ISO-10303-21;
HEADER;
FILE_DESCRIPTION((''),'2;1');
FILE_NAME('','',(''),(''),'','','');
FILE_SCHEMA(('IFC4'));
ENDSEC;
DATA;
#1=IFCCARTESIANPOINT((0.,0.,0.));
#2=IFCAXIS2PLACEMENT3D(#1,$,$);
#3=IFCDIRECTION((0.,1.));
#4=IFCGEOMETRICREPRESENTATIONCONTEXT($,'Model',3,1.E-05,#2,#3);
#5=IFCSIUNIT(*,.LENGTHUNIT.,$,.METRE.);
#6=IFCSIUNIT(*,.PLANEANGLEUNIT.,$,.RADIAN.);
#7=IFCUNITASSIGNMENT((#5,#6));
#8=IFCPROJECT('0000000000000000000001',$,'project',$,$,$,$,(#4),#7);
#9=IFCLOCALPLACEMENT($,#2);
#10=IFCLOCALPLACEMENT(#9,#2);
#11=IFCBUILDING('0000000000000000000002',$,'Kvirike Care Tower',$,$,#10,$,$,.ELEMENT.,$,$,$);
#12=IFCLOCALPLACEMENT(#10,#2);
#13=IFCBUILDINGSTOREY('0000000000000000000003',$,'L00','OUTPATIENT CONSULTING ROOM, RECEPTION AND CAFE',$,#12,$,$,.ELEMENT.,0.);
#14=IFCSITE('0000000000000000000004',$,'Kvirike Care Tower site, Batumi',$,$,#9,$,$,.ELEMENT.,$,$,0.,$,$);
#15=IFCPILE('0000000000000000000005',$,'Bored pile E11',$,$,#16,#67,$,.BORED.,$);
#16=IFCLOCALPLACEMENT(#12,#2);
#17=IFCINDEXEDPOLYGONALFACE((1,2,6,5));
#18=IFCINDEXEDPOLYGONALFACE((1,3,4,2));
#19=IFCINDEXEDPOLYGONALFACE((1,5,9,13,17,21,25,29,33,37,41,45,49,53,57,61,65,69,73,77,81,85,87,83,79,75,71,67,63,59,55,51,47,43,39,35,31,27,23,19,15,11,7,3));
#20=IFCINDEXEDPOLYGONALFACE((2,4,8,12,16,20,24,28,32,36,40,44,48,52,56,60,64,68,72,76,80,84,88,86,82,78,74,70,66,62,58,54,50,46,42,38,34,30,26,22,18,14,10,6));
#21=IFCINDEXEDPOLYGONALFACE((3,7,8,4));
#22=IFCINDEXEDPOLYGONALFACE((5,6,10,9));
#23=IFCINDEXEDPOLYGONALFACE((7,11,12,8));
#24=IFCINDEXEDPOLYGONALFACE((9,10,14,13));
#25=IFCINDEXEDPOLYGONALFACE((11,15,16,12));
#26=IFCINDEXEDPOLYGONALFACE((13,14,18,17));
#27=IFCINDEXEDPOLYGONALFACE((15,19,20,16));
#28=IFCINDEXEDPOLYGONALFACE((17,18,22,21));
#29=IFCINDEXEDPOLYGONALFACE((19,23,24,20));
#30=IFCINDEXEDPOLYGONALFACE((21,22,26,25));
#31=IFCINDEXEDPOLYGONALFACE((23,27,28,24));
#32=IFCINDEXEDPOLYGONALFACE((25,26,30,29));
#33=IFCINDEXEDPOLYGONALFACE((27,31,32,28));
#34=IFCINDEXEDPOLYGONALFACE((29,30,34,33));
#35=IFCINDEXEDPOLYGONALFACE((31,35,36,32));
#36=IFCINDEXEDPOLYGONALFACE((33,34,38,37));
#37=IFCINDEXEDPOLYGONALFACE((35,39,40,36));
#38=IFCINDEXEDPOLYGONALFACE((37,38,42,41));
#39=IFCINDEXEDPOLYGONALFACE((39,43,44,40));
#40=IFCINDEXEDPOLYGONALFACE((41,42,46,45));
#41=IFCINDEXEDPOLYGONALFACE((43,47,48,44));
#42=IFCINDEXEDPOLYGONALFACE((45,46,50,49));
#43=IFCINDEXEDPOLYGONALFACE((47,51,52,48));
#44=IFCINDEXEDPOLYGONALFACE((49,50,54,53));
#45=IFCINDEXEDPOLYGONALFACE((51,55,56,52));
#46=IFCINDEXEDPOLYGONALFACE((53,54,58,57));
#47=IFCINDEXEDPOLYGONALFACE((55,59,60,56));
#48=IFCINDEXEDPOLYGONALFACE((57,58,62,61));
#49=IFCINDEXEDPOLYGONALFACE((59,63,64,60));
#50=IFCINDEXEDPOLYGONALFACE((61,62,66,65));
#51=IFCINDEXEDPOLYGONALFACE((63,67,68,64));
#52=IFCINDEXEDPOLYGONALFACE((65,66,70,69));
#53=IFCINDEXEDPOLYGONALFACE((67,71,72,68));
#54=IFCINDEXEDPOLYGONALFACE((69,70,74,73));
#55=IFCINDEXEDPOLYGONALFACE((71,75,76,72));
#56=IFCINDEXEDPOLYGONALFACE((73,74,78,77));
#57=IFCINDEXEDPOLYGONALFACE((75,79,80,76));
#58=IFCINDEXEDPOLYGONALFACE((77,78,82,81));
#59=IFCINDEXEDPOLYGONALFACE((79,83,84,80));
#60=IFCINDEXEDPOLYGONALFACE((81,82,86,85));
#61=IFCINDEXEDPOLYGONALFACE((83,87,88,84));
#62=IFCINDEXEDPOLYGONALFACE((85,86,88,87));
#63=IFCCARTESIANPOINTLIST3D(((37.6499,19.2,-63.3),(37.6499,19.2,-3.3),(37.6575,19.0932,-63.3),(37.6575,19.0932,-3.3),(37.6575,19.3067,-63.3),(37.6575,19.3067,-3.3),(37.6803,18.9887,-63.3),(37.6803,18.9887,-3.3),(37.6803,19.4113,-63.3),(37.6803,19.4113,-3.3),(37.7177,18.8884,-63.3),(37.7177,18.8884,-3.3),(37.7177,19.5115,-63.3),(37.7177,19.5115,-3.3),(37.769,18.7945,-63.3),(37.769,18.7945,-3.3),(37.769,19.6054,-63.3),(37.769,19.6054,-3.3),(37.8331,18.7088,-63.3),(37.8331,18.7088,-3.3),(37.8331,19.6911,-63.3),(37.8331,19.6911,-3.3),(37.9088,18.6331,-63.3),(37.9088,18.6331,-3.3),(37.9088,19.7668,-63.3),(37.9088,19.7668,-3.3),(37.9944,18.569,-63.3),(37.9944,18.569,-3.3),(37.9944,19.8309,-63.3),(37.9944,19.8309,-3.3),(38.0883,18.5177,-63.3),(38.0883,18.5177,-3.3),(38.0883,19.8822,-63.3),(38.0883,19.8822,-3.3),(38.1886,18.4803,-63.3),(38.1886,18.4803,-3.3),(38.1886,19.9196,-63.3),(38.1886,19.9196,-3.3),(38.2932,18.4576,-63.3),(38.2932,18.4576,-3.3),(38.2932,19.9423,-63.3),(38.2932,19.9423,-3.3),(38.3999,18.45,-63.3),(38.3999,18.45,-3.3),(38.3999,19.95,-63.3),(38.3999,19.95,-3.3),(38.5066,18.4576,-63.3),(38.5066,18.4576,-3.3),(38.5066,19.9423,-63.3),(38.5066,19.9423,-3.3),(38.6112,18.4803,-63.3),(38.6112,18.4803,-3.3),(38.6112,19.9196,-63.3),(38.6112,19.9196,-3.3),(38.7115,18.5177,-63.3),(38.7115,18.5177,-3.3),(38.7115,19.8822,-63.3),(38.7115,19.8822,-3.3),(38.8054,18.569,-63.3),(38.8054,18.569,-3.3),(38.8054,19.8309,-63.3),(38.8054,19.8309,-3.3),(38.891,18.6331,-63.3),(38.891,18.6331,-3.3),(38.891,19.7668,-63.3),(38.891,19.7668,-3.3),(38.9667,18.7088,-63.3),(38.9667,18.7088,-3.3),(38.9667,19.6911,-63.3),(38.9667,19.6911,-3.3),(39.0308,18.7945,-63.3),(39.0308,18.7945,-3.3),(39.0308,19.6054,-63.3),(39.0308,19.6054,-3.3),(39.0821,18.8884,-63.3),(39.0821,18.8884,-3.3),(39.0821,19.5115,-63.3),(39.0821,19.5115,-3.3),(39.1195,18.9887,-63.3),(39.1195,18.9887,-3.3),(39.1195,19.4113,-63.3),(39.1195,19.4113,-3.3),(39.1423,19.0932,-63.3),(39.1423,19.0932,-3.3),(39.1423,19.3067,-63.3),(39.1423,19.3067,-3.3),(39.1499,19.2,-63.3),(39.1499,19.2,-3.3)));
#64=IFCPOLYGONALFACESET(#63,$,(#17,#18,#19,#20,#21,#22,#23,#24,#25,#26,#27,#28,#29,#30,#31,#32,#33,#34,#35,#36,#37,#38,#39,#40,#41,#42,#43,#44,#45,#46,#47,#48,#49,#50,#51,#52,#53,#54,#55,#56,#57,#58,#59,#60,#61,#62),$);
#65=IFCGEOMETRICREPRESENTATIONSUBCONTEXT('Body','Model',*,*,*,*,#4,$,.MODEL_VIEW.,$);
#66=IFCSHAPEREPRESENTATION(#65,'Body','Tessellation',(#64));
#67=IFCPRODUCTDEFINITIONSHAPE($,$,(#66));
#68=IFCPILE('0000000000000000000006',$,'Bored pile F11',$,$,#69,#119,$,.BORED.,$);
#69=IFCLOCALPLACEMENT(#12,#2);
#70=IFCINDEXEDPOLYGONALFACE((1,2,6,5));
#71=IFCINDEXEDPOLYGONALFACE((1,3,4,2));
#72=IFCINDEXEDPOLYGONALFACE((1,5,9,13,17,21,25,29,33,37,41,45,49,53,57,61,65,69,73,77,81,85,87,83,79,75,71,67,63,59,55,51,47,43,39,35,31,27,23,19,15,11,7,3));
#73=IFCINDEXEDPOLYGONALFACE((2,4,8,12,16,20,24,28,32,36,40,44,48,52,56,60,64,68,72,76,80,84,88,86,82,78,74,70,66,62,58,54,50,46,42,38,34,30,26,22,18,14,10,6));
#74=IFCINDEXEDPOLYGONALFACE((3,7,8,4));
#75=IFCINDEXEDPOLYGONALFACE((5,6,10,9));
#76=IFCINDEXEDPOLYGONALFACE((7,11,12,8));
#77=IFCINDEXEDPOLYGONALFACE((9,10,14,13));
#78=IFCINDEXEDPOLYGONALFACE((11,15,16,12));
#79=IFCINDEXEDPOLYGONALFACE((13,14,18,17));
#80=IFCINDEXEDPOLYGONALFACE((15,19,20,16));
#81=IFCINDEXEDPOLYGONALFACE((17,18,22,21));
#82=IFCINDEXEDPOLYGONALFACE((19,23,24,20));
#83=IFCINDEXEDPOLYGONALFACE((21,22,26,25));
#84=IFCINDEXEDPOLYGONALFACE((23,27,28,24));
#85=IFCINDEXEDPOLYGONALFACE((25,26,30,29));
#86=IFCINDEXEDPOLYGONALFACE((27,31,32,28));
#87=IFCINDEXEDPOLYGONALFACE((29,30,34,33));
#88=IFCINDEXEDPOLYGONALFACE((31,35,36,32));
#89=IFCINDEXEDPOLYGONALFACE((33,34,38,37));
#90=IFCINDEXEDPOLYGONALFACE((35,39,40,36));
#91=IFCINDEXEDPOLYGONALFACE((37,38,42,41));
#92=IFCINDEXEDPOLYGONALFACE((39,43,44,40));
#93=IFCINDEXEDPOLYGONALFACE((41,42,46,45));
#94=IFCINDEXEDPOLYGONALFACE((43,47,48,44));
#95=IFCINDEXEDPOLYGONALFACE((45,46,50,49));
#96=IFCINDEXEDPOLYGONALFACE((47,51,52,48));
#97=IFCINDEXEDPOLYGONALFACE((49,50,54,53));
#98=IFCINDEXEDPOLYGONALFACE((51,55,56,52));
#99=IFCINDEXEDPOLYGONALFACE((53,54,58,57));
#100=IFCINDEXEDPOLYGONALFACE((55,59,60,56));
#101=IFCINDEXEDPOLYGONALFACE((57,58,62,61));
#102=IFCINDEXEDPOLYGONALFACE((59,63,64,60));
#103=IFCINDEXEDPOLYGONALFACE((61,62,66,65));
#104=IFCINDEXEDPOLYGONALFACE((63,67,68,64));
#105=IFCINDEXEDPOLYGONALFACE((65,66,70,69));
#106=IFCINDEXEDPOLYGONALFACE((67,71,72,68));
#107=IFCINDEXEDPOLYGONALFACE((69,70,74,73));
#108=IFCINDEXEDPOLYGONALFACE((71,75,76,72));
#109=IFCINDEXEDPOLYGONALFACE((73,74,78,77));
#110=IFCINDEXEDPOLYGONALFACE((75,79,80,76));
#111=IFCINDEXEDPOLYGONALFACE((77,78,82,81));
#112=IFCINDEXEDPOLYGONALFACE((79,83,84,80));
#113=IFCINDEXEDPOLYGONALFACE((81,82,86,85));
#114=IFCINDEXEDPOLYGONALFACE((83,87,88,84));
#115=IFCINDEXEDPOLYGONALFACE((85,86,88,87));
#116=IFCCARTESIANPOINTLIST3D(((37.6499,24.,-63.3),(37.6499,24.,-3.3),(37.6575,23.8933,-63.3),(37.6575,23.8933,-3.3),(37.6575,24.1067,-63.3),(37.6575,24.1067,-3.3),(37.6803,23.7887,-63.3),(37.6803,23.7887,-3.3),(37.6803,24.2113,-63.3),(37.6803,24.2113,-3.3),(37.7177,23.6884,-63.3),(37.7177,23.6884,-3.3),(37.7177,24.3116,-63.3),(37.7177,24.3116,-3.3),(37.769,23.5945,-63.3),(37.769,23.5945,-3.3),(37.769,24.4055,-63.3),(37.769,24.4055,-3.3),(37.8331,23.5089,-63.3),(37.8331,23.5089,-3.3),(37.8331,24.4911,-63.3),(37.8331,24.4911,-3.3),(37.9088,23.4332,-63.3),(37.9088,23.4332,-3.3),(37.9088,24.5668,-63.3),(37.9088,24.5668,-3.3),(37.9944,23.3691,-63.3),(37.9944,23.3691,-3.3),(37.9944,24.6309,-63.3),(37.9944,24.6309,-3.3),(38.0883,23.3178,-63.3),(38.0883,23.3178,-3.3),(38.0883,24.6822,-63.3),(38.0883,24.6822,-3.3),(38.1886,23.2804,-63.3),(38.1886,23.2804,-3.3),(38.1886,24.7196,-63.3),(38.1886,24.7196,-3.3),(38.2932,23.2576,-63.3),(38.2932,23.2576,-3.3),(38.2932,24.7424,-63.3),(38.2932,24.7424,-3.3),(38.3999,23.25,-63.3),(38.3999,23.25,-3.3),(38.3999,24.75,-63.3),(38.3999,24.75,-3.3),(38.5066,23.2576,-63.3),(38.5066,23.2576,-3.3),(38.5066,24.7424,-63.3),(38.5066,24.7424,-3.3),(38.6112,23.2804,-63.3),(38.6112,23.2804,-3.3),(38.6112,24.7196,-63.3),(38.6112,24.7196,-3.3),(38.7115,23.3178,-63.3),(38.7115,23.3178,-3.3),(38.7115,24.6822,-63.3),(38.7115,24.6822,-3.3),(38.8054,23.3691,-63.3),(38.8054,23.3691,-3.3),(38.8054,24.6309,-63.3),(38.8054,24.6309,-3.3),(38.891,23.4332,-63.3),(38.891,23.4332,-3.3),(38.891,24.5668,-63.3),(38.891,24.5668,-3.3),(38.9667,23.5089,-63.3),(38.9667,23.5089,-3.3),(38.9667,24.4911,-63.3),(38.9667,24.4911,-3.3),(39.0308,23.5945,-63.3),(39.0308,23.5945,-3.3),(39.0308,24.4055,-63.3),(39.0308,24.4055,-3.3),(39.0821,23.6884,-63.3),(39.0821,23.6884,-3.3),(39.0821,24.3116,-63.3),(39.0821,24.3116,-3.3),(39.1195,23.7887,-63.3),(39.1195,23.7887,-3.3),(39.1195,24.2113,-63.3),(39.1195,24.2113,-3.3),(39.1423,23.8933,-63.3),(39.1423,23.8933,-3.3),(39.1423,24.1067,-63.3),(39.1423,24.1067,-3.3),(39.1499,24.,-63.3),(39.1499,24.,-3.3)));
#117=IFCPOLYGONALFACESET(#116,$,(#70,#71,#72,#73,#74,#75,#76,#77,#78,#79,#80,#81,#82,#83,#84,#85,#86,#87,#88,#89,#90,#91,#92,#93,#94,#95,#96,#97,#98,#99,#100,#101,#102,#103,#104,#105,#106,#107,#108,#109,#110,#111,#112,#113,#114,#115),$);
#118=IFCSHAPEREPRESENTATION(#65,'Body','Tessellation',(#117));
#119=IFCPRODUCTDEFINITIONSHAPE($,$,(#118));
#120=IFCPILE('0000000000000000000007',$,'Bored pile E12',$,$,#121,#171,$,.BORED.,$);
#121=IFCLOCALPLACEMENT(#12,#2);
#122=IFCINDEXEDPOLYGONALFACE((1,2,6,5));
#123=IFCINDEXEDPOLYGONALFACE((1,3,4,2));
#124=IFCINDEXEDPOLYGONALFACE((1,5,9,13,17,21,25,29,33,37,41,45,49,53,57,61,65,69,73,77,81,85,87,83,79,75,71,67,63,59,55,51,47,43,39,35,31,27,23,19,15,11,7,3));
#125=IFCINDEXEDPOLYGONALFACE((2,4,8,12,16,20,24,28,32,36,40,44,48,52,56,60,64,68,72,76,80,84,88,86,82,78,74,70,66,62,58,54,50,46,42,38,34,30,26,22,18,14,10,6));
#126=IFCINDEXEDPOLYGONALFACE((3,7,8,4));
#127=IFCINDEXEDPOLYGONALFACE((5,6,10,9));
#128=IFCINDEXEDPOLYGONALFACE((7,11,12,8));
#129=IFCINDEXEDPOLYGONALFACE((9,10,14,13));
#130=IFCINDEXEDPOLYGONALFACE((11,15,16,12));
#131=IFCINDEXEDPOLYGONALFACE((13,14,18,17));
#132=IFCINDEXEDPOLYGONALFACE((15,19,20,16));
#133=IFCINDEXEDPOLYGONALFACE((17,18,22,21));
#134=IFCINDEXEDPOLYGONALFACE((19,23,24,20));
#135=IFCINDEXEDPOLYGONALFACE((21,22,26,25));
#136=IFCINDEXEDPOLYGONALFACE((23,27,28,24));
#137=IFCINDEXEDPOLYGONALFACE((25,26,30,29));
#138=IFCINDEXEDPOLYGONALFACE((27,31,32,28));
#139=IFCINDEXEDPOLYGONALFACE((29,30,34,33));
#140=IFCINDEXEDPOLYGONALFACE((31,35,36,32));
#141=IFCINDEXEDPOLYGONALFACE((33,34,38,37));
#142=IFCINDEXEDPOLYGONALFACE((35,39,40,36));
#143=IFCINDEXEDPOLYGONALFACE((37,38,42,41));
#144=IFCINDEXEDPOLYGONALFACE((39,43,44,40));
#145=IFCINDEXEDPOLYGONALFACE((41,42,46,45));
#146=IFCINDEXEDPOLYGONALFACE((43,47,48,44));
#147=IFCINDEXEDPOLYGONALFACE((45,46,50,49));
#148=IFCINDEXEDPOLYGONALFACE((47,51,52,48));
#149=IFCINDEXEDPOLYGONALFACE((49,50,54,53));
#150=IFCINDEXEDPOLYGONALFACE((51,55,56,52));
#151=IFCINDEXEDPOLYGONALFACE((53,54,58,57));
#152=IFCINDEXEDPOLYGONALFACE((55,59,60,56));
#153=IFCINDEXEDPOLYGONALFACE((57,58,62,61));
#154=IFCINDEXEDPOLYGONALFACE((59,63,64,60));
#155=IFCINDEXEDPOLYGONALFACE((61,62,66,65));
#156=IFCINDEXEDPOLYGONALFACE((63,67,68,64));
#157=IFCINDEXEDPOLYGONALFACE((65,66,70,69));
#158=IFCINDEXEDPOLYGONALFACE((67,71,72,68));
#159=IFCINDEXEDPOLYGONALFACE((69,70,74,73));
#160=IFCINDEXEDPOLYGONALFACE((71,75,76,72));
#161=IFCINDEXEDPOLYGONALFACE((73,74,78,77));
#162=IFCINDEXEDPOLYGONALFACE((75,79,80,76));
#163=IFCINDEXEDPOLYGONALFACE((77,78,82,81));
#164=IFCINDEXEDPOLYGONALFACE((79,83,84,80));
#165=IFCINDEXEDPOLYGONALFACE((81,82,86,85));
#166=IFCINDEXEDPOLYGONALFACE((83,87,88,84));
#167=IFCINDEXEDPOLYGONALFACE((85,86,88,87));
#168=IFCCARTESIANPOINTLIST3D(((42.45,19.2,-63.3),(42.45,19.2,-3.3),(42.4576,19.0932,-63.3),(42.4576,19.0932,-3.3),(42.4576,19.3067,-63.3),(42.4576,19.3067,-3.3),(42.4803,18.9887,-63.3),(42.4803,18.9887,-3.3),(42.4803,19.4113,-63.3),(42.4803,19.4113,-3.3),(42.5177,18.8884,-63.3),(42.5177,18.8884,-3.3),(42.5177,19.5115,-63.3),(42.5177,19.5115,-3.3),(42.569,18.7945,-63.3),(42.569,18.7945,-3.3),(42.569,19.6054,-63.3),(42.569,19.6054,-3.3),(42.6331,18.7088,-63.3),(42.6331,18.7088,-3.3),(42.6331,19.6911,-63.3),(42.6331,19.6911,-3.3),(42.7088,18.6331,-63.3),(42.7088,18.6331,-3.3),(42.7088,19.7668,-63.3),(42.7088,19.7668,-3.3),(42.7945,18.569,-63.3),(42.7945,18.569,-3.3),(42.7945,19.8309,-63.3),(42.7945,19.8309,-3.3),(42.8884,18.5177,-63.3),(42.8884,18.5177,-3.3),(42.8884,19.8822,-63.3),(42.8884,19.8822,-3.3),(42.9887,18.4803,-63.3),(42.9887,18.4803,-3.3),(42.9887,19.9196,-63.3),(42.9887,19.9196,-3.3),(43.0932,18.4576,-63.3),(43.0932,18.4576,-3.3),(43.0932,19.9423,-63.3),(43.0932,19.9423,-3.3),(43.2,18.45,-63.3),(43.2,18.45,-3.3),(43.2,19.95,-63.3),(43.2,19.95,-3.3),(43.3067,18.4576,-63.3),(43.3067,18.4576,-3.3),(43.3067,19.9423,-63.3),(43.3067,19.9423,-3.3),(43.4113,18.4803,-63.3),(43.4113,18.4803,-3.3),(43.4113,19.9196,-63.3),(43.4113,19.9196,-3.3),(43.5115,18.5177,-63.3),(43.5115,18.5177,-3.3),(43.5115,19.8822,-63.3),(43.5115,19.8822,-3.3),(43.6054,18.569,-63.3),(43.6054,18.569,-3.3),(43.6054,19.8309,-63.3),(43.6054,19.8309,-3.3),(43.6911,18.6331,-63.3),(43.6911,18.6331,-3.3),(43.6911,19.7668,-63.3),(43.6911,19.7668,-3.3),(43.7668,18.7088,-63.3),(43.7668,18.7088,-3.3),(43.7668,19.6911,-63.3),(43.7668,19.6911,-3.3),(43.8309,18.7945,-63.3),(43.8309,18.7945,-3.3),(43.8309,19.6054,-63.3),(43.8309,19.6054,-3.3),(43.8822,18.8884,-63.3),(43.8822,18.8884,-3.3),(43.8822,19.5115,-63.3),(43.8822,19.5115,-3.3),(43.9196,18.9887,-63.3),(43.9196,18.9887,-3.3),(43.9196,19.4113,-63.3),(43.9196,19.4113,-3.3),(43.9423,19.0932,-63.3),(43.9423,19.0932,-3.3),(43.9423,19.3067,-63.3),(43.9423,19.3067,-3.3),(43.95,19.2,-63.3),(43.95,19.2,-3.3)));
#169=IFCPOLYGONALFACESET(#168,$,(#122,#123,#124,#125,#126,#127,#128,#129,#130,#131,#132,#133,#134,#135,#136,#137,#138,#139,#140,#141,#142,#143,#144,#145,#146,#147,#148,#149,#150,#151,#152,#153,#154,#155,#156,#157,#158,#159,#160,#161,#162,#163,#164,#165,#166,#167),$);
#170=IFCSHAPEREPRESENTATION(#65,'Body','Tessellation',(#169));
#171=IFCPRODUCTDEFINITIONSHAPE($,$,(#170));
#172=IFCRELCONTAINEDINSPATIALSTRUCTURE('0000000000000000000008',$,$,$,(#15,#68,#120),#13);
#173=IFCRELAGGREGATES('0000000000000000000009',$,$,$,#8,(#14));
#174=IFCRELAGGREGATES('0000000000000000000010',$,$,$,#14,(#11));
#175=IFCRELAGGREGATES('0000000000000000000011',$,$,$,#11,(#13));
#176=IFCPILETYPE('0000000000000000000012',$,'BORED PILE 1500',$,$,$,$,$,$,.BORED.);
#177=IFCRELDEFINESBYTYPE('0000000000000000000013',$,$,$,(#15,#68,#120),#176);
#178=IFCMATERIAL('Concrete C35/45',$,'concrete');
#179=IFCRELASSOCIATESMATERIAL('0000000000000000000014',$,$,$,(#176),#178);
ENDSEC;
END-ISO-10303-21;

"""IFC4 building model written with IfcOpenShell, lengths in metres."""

from ifc_helpers import new_model, si_unit, direction, frame, origin, origin_2d, place, context, subcontext, project, spatial, circle, extrude, material, material_profile, profile_set, type_object, element, save


model = new_model("IFC4")

# Units and contexts
model_context = context("Model", 3, precision=1e-05, world=origin(), true_north=direction((0.0, 1.0)))
body_context = subcontext(model_context, "Body", "Model", "MODEL_VIEW")
ifc_project = project(units=[si_unit("LENGTHUNIT", "METRE"), si_unit("PLANEANGLEUNIT", "RADIAN")], contexts=[model_context])

# Site, building, storey
site_placement = place(None, origin())
site = spatial("IfcSite", under=ifc_project, at=site_placement, Name="Kvirike Care Tower site, Batumi", CompositionType="ELEMENT", RefElevation=0.0)
building_placement = place(site_placement, origin())
building = spatial("IfcBuilding", under=site, at=building_placement, Name="Kvirike Care Tower", CompositionType="ELEMENT")
storey_placement = place(building_placement, origin())
storey = spatial("IfcBuildingStorey", under=building, at=storey_placement, Name="L00", Description="OUTPATIENT CONSULTING ROOM, RECEPTION AND CAFE", CompositionType="ELEMENT", Elevation=0.0)

# Piles
ifc_material_1 = material(Name="Concrete C35/45", Category="concrete")
ifc_material_profile_1 = material_profile(ifc_material_1, circle(Radius=0.75, at=origin_2d()), Name="BORED PILE 1500")
ifc_profile_set_1 = profile_set([ifc_material_profile_1], Name="Concrete C35/45")
pile_type = type_object("IfcPileType", Name="BORED PILE 1500", PredefinedType="BORED", material=ifc_profile_set_1)
for number, where, z_axis, x_axis, name in (
    (1, (38.3999, 19.2, -3.3), (0.0, 0.0, -1.0), (1.0, 0.0, 0.0), "Bored pile E11"),
    (2, (38.3999, 24.0, -3.3), (0.0, 0.0, -1.0), (1.0, 0.0, 0.0), "Bored pile F11"),
    (3, (43.2, 19.2, -3.3), (0.0, 0.0, -1.0), (1.0, 0.0, 0.0), "Bored pile E12"),
):
    element("IfcPile", number, at=place(storey_placement, frame(where, z_axis=z_axis, x_axis=x_axis)), inside=storey, type_object=pile_type, Name=name, PredefinedType="BORED", context=body_context, shape_type="SweptSolid", body=[
        extrude(circle(Radius=0.75, at=origin_2d()), origin(), (0.0, 0.0, 1.0), 60.0),
    ])

save(model, "model.ifc")
